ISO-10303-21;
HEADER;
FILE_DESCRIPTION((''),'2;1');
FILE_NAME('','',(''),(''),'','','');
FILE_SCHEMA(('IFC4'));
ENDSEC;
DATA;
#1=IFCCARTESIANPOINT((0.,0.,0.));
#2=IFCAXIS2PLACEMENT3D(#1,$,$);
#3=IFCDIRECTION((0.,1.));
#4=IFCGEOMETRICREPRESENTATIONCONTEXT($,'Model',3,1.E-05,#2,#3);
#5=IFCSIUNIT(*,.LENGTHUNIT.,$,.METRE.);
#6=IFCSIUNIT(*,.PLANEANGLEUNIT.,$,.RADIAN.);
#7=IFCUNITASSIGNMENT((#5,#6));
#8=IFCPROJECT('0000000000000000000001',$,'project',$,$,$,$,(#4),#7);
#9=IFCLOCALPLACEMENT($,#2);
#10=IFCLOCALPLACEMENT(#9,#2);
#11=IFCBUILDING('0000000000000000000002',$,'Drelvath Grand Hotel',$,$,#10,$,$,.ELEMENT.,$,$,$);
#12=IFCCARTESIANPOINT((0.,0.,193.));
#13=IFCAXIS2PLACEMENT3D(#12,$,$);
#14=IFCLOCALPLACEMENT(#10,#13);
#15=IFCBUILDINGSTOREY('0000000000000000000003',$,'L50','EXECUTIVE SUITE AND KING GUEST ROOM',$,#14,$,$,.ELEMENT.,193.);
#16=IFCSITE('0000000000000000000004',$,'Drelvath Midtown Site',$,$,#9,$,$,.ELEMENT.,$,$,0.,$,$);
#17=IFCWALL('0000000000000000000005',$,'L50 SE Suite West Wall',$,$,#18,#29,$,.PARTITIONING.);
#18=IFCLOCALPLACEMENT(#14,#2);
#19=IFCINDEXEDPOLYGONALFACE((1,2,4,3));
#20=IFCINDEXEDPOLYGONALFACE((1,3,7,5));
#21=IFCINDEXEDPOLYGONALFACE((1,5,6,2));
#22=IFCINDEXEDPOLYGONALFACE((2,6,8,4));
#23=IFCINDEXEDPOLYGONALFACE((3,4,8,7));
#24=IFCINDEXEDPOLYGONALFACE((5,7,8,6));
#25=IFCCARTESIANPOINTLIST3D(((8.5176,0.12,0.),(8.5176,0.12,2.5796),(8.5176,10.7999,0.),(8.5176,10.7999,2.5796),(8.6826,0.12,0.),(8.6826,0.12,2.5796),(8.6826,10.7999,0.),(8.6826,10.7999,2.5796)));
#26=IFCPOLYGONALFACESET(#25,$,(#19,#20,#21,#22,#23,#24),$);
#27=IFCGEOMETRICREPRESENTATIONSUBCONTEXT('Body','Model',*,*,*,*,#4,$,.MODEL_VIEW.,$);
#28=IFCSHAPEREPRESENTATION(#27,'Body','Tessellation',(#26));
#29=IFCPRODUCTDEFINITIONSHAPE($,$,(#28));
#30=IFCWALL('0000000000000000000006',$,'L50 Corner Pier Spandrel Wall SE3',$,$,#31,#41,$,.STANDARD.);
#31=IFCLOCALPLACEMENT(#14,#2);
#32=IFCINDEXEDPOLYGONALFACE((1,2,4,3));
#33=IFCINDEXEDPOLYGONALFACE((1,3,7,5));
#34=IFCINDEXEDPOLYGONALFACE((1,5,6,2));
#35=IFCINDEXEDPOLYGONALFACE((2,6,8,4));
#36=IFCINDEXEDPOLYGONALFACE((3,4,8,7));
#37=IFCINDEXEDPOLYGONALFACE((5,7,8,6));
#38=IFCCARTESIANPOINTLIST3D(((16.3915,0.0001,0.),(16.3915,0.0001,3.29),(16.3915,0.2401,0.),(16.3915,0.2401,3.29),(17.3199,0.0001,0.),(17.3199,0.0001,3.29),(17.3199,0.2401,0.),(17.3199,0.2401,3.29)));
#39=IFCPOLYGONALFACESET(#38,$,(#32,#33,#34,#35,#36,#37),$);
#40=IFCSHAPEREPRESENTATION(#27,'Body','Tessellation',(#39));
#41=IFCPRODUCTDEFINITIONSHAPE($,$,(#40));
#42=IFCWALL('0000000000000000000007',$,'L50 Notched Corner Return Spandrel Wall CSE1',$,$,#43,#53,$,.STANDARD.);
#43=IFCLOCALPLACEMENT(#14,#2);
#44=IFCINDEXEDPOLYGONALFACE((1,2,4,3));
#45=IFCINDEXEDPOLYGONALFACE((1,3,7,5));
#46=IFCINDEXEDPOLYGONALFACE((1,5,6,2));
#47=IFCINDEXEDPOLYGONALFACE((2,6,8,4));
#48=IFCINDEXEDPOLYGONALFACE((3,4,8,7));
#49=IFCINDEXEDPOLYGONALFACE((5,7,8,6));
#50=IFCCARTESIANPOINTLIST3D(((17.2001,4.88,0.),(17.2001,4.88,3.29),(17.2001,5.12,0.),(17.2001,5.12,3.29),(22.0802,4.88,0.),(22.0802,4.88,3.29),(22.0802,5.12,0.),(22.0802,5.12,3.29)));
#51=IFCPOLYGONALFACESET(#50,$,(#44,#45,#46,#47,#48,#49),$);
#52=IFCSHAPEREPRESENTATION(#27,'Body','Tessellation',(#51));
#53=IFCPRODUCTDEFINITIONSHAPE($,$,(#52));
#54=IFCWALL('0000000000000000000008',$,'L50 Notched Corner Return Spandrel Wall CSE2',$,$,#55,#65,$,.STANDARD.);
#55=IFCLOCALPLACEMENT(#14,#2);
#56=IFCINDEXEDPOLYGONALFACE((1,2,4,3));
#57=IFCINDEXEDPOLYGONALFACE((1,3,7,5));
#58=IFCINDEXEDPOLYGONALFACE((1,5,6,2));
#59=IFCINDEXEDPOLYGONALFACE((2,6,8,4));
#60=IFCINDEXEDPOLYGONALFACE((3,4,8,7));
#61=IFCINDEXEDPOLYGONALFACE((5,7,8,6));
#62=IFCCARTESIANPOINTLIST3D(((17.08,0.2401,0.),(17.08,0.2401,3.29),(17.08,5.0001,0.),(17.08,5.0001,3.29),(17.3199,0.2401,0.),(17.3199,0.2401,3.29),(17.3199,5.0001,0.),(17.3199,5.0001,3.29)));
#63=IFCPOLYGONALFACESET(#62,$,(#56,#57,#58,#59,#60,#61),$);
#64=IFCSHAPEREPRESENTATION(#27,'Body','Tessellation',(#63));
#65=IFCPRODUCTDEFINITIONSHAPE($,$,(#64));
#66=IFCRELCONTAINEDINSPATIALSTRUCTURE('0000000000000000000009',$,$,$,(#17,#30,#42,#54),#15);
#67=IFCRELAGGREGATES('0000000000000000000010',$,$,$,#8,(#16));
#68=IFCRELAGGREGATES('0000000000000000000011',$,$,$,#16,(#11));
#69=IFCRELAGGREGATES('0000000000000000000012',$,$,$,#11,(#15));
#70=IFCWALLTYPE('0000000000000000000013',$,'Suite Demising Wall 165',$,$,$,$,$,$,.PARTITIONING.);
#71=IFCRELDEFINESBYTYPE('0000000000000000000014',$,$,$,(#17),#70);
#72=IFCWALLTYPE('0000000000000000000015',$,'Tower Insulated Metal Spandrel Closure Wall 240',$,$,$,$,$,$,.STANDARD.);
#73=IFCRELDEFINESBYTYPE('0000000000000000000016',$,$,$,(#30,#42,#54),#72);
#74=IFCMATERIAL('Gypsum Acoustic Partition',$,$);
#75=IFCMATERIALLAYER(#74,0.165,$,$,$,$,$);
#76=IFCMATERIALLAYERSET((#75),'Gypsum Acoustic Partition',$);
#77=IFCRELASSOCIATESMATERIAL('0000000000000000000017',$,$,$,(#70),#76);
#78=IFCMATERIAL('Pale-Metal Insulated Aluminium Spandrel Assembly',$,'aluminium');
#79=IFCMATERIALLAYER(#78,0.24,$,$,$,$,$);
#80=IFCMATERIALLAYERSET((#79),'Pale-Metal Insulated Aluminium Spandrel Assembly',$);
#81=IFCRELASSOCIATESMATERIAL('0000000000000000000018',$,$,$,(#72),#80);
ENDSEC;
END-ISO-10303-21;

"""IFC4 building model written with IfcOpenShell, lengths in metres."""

from ifc_helpers import new_model, si_unit, direction, frame, frame_2d, origin, place, context, subcontext, project, spatial, rectangle, extrude, material, layer, layer_set, type_object, element, save


model = new_model("IFC4")

# Units and contexts
model_context = context("Model", 3, precision=1e-05, world=origin(), true_north=direction((0.0, 1.0)))
body_context = subcontext(model_context, "Body", "Model", "MODEL_VIEW")
ifc_project = project(units=[si_unit("LENGTHUNIT", "METRE"), si_unit("PLANEANGLEUNIT", "RADIAN")], contexts=[model_context])

# Site, building, storey
site_placement = place(None, origin())
site = spatial("IfcSite", under=ifc_project, at=site_placement, Name="Drelvath Midtown Site", CompositionType="ELEMENT", RefElevation=0.0)
building_placement = place(site_placement, origin())
building = spatial("IfcBuilding", under=site, at=building_placement, Name="Drelvath Grand Hotel", CompositionType="ELEMENT")
storey_placement = place(building_placement, frame((0.0, 0.0, 193.0)))
storey = spatial("IfcBuildingStorey", under=building, at=storey_placement, Name="L50", Description="EXECUTIVE SUITE AND KING GUEST ROOM", CompositionType="ELEMENT", Elevation=193.0)

# Walls
ifc_material_1 = material(Name="Gypsum Acoustic Partition")
ifc_layer_1 = layer(ifc_material_1, 0.165)
ifc_layer_set_1 = layer_set([ifc_layer_1], Name="Gypsum Acoustic Partition")
wall_type_1 = type_object("IfcWallType", Name="Suite Demising Wall 165", PredefinedType="PARTITIONING", material=ifc_layer_set_1)
wall_1_placement = place(storey_placement, frame((8.6001, 0.1201, 0.0), z_axis=(0.0, 0.0, 1.0), x_axis=(0.0, 1.0, 0.0)))
element("IfcWall", 1, at=wall_1_placement, inside=storey, type_object=wall_type_1, Name="L50 SE Suite West Wall", PredefinedType="PARTITIONING", context=body_context, shape_type="SweptSolid", body=[
    extrude(rectangle(XDim=10.6799, YDim=0.165, at=frame_2d((5.3398, 0.0))), origin(), (0.0, 0.0, 1.0), 2.5796),
])
ifc_material_2 = material(Name="Pale-Metal Insulated Aluminium Spandrel Assembly", Category="aluminium")
ifc_layer_2 = layer(ifc_material_2, 0.24)
ifc_layer_set_2 = layer_set([ifc_layer_2], Name="Pale-Metal Insulated Aluminium Spandrel Assembly")
wall_type_2 = type_object("IfcWallType", Name="Tower Insulated Metal Spandrel Closure Wall 240", PredefinedType="STANDARD", material=ifc_layer_set_2)
wall_2_placement = place(storey_placement, frame((17.3201, 0.1201, 0.0), z_axis=(0.0, 0.0, 1.0), x_axis=(-1.0, 0.0, 0.0)))
element("IfcWall", 2, at=wall_2_placement, inside=storey, type_object=wall_type_2, Name="L50 Corner Pier Spandrel Wall SE3", PredefinedType="STANDARD", context=body_context, shape_type="SweptSolid", body=[
    extrude(rectangle(XDim=0.9285, YDim=0.24, at=frame_2d((0.4644, 0.0))), origin(), (0.0, 0.0, 1.0), 3.29),
])
wall_3_placement = place(storey_placement, frame((22.0801, 5.0, 0.0), z_axis=(0.0, 0.0, 1.0), x_axis=(-1.0, 0.0, 0.0)))
element("IfcWall", 3, at=wall_3_placement, inside=storey, type_object=wall_type_2, Name="L50 Notched Corner Return Spandrel Wall CSE1", PredefinedType="STANDARD", context=body_context, shape_type="SweptSolid", body=[
    extrude(rectangle(XDim=4.8801, YDim=0.24, at=frame_2d((2.4399, 0.0))), origin(), (0.0, 0.0, 1.0), 3.29),
])
wall_4_placement = place(storey_placement, frame((17.2, 5.0, 0.0), z_axis=(0.0, 0.0, 1.0), x_axis=(0.0, -1.0, 0.0)))
element("IfcWall", 4, at=wall_4_placement, inside=storey, type_object=wall_type_2, Name="L50 Notched Corner Return Spandrel Wall CSE2", PredefinedType="STANDARD", context=body_context, shape_type="SweptSolid", body=[
    extrude(rectangle(XDim=4.76, YDim=0.24, at=frame_2d((2.3799, 0.0))), origin(), (0.0, 0.0, 1.0), 3.29),
])

save(model, "model.ifc")
